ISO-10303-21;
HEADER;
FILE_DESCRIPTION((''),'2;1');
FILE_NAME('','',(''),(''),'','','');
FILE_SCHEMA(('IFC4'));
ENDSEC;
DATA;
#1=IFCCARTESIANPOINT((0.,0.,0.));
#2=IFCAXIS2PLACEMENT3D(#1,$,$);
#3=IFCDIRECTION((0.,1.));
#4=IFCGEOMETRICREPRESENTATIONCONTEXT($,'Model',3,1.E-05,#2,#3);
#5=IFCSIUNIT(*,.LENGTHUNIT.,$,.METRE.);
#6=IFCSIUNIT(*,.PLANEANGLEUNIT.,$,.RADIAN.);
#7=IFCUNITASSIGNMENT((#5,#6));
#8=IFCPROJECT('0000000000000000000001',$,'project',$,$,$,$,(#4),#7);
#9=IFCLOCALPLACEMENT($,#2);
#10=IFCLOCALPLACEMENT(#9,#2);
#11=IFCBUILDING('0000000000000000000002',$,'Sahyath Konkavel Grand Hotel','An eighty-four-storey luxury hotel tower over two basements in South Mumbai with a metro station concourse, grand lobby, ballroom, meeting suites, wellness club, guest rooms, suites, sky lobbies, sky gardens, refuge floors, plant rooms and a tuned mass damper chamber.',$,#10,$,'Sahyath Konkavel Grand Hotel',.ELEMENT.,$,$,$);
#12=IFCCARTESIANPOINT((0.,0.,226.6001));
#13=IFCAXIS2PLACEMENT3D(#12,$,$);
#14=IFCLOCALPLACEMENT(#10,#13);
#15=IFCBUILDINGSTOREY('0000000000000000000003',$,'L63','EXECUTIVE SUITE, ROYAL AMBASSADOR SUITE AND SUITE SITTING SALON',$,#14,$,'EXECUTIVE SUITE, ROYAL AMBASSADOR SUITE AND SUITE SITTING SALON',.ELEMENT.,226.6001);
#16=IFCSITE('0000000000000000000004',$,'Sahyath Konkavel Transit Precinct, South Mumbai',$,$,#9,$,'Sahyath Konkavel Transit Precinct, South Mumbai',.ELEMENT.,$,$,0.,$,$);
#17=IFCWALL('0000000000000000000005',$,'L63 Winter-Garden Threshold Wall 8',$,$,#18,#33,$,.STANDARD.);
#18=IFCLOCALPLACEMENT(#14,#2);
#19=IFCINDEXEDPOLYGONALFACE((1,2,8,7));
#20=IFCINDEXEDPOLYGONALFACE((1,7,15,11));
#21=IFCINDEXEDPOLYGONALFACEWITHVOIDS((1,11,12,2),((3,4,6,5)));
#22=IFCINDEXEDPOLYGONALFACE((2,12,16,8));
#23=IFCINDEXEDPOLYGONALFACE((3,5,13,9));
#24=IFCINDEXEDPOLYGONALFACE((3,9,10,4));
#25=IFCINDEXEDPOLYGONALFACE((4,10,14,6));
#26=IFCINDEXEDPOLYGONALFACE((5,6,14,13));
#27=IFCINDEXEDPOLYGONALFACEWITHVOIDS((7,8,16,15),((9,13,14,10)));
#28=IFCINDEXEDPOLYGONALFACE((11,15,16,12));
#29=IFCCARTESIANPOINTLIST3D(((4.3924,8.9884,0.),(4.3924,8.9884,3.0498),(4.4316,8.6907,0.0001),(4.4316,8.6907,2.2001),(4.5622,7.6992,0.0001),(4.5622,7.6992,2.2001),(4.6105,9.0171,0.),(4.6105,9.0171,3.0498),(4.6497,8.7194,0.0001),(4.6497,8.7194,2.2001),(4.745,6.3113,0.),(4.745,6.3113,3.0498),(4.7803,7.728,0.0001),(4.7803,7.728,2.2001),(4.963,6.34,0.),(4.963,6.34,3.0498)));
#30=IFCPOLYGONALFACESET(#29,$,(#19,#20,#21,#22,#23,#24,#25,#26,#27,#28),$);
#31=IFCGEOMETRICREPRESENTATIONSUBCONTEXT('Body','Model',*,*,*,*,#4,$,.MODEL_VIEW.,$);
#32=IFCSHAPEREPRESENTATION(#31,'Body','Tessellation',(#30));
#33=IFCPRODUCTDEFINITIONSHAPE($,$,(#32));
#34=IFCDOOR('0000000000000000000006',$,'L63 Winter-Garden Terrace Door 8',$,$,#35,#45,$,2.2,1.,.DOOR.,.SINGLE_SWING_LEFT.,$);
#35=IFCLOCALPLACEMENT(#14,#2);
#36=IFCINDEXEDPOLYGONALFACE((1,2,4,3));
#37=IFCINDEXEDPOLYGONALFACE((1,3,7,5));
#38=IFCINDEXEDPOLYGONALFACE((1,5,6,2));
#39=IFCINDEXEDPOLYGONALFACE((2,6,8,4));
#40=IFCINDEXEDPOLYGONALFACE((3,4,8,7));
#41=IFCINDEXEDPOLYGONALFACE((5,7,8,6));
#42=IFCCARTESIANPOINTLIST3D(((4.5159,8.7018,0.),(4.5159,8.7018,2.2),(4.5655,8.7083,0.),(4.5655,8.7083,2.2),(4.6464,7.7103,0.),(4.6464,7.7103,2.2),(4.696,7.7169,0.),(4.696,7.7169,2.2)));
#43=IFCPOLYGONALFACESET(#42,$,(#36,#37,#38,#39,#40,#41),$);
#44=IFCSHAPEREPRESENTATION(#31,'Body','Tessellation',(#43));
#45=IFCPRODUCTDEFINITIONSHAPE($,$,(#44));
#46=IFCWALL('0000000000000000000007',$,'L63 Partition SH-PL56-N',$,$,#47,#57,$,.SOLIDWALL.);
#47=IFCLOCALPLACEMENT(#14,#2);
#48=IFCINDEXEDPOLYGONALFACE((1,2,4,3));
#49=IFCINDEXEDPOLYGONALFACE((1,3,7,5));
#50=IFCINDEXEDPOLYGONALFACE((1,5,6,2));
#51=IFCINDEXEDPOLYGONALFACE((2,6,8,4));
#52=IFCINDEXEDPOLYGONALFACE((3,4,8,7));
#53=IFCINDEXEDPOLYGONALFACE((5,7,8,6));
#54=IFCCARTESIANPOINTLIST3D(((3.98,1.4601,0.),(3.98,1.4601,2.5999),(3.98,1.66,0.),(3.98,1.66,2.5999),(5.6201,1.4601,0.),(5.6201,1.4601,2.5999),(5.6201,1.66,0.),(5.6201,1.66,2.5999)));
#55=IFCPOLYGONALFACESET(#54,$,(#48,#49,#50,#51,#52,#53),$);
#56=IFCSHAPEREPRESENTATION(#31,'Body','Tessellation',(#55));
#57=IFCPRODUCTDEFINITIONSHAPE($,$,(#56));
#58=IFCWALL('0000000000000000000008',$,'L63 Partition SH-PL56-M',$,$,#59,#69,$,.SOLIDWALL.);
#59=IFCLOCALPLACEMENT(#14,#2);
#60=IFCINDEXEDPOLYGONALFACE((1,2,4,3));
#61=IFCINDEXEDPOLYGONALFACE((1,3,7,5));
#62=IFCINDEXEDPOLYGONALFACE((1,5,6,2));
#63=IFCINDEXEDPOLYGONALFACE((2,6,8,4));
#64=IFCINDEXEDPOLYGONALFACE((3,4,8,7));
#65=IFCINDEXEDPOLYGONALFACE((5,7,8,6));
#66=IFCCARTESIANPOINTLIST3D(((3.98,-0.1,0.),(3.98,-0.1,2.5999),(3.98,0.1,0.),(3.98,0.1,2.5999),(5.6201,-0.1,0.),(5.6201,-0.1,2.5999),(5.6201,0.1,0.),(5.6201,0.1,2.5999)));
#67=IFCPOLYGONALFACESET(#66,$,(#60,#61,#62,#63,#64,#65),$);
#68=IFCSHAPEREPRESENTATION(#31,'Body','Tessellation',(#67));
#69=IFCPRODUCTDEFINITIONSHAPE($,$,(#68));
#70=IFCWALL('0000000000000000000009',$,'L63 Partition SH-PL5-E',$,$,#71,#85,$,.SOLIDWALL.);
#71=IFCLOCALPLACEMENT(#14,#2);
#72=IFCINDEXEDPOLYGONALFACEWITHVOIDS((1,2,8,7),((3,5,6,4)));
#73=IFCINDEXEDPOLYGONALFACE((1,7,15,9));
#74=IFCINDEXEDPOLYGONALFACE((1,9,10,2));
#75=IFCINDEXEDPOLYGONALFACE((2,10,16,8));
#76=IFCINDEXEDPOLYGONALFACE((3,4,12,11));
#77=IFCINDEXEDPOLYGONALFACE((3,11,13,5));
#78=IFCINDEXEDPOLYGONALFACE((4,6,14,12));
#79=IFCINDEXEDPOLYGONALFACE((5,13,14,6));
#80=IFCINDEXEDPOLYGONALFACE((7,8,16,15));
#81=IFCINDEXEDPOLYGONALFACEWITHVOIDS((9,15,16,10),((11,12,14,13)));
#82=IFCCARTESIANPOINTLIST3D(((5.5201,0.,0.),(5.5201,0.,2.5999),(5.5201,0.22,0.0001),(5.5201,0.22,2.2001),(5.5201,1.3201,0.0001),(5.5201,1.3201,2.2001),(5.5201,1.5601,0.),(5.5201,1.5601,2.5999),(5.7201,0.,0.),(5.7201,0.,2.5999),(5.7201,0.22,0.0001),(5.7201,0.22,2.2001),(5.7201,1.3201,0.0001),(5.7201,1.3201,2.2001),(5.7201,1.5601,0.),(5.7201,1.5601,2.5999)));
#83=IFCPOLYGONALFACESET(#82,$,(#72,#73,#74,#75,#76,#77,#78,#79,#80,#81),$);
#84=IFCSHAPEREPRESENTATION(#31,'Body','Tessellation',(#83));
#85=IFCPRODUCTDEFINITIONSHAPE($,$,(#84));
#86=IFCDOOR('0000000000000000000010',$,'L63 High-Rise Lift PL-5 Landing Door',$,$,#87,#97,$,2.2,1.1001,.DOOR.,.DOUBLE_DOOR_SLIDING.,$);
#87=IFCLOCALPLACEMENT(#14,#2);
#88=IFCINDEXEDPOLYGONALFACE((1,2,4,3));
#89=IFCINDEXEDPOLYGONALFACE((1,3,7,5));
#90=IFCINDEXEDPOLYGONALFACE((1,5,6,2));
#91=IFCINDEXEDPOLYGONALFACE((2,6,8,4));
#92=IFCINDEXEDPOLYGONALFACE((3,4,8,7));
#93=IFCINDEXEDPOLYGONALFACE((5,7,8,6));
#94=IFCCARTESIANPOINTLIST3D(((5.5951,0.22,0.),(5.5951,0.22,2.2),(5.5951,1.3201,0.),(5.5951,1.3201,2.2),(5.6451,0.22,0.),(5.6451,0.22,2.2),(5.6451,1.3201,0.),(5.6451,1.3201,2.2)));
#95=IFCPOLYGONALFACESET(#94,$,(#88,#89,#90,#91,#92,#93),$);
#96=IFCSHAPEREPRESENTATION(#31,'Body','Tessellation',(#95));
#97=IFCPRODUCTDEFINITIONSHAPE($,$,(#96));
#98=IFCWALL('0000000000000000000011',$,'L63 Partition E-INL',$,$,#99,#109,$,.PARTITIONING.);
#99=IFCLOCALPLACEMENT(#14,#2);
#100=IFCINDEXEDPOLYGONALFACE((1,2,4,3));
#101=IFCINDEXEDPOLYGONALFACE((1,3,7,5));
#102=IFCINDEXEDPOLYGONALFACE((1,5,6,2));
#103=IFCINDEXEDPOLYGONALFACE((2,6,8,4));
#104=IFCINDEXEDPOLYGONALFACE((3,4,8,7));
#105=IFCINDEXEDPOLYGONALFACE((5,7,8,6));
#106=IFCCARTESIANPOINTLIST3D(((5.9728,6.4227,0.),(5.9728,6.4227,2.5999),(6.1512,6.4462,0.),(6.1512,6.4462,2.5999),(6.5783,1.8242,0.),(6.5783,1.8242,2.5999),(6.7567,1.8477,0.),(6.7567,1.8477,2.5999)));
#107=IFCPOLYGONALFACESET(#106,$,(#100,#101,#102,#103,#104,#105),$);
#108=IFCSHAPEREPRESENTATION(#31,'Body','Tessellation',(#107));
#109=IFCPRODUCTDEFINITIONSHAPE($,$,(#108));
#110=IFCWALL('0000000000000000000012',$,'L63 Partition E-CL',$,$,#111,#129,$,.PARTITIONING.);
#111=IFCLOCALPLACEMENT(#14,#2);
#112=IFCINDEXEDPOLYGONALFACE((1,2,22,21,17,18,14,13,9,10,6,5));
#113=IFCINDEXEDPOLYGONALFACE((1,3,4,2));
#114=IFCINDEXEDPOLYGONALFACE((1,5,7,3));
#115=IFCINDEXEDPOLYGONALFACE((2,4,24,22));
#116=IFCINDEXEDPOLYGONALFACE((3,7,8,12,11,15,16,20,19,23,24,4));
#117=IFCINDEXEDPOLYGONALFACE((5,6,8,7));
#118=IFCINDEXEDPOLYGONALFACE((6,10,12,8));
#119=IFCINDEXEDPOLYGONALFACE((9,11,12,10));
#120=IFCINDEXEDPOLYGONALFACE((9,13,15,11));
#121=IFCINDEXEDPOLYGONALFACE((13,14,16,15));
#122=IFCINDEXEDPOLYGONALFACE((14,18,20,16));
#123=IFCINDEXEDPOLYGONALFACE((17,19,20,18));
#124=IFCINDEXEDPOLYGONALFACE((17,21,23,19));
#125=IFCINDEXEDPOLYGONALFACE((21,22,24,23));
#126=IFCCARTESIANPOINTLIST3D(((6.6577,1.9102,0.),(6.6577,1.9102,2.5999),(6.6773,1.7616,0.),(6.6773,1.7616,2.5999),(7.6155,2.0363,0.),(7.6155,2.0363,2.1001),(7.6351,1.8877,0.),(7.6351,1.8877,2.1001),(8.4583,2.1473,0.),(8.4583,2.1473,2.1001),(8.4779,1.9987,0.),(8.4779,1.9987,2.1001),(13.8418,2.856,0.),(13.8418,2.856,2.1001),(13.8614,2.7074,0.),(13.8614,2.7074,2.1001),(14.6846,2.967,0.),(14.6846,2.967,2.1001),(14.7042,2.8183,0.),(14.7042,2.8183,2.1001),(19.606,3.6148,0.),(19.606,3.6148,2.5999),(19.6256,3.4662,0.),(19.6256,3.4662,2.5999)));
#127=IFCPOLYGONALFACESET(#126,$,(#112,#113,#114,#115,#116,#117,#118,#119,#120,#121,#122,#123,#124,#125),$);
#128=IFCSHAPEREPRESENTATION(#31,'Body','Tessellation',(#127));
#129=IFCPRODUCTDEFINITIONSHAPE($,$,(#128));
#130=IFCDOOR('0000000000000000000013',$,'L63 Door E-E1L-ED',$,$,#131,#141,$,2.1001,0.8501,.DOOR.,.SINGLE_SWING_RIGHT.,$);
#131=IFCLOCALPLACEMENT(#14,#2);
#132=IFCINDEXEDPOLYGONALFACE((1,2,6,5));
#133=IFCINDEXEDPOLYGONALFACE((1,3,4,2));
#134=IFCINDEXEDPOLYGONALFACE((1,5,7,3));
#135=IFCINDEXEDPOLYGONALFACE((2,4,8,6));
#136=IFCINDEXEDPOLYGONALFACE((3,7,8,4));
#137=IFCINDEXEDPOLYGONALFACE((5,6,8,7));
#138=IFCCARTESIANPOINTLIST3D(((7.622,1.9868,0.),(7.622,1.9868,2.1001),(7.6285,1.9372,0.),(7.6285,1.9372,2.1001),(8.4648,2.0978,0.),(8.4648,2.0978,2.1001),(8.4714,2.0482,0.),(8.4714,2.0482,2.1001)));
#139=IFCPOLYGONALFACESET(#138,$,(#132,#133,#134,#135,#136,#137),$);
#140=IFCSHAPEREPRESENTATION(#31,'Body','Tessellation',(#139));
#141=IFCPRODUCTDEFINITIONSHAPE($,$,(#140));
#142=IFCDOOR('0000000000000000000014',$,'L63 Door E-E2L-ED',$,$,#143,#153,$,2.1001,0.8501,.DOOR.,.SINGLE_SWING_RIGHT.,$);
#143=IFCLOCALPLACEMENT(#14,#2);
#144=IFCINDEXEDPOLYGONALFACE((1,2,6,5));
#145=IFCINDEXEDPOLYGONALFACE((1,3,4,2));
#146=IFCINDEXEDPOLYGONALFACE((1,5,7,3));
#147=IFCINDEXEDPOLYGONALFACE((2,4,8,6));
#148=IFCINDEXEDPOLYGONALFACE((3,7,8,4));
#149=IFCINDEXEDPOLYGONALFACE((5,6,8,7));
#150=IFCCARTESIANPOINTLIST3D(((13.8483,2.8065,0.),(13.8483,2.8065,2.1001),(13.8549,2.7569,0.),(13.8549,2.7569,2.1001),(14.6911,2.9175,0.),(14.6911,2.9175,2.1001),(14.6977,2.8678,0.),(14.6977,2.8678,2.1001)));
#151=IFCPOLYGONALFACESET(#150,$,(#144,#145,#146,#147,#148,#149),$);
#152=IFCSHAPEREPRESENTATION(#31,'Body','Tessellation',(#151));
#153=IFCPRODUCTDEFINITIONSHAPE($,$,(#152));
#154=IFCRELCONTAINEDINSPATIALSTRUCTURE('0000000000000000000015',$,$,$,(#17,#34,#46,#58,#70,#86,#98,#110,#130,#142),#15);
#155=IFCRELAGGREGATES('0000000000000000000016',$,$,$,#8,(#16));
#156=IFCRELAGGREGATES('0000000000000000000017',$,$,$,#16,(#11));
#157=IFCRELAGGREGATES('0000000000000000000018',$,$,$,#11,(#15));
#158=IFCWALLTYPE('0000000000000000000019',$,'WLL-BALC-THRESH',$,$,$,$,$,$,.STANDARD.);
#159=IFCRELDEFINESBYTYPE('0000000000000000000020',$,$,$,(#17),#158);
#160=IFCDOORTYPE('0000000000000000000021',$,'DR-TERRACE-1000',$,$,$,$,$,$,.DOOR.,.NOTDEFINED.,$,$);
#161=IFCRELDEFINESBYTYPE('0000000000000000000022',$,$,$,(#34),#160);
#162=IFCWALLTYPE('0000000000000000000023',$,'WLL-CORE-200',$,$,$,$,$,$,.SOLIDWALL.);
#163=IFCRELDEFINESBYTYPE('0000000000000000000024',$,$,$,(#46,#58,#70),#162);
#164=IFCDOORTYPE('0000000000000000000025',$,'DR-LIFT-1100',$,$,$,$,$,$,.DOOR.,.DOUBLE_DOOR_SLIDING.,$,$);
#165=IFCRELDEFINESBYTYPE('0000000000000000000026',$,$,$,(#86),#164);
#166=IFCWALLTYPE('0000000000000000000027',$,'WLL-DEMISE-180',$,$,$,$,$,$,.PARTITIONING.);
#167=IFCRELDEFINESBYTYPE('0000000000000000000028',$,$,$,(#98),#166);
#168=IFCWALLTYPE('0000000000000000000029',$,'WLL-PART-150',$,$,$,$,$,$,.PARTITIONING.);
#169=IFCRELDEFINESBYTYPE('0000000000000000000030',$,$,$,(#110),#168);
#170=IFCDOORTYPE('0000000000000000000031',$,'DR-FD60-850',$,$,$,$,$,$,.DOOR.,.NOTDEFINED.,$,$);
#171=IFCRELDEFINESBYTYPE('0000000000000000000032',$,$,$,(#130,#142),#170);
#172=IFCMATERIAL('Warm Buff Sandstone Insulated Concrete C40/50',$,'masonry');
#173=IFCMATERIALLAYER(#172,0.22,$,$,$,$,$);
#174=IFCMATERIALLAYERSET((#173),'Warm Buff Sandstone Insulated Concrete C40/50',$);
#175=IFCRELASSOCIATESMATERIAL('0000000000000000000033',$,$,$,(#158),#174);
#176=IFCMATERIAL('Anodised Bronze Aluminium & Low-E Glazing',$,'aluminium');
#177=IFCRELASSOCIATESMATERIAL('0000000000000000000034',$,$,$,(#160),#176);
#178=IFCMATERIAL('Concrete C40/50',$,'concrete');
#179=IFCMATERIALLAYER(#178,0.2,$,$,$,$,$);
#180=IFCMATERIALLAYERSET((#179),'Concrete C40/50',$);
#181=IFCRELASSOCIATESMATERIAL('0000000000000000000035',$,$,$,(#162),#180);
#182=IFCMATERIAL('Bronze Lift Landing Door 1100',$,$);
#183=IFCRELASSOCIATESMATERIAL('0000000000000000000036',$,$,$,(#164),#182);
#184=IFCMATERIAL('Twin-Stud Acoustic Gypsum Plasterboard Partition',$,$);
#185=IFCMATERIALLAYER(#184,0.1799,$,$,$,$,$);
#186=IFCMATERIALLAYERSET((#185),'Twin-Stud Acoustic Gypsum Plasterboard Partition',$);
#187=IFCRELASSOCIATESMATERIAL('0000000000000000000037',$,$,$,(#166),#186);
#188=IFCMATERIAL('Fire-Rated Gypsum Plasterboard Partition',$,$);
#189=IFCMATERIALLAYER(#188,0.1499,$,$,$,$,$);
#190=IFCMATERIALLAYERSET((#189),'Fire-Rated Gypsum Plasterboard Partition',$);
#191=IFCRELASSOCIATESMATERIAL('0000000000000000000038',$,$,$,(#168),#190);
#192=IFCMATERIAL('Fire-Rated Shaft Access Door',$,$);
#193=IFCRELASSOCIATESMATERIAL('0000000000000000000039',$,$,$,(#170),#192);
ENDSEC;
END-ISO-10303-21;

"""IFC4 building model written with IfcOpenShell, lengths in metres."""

from ifc_helpers import new_model, si_unit, direction, frame, frame_2d, origin, origin_2d, place, context, subcontext, project, spatial, rectangle, extrude, source, transform, mapped, material, layer, layer_set, type_object, element, fill, save


model = new_model("IFC4")

# Units and contexts
model_context = context("Model", 3, precision=1e-05, world=origin(), true_north=direction((0.0, 1.0)))
body_context = subcontext(model_context, "Body", "Model", "MODEL_VIEW")
ifc_project = project(units=[si_unit("LENGTHUNIT", "METRE"), si_unit("PLANEANGLEUNIT", "RADIAN")], contexts=[model_context])

# Site, building, storey
site_placement = place(None, origin())
site = spatial("IfcSite", under=ifc_project, at=site_placement, Name="Sahyath Konkavel Transit Precinct, South Mumbai", LongName="Sahyath Konkavel Transit Precinct, South Mumbai", CompositionType="ELEMENT", RefElevation=0.0)
building_placement = place(site_placement, origin())
building = spatial("IfcBuilding", under=site, at=building_placement, Name="Sahyath Konkavel Grand Hotel", Description="An eighty-four-storey luxury hotel tower over two basements in South Mumbai with a metro station concourse, grand lobby, ballroom, meeting suites, wellness club, guest rooms, suites, sky lobbies, sky gardens, refuge floors, plant rooms and a tuned mass damper chamber.", LongName="Sahyath Konkavel Grand Hotel", CompositionType="ELEMENT")
storey_placement = place(building_placement, frame((0.0, 0.0, 226.6001)))
storey = spatial("IfcBuildingStorey", under=building, at=storey_placement, Name="L63", Description="EXECUTIVE SUITE, ROYAL AMBASSADOR SUITE AND SUITE SITTING SALON", LongName="EXECUTIVE SUITE, ROYAL AMBASSADOR SUITE AND SUITE SITTING SALON", CompositionType="ELEMENT", Elevation=226.6001)

# Shared definitions
ifc_material_1 = material(Name="Concrete C40/50", Category="concrete")

# Shared definitions
ifc_material_2 = material(Name="Anodised Bronze Aluminium & Low-E Glazing", Category="aluminium")

# Wall, opening, door
ifc_material_3 = material(Name="Warm Buff Sandstone Insulated Concrete C40/50", Category="masonry")
ifc_layer_1 = layer(ifc_material_3, 0.22)
ifc_layer_set_1 = layer_set([ifc_layer_1], Name="Warm Buff Sandstone Insulated Concrete C40/50")
wall_type_1 = type_object("IfcWallType", Name="WLL-BALC-THRESH", PredefinedType="STANDARD", material=ifc_layer_set_1)
wall_1_placement = place(storey_placement, frame((4.854, 6.3257, 0.0), z_axis=(0.0, 0.0, 1.0), x_axis=(-0.130564, 0.99144, 0.0)))
wall_1 = element("IfcWall", 1, at=wall_1_placement, inside=storey, type_object=wall_type_1, Name="L63 Winter-Garden Threshold Wall 8", PredefinedType="STANDARD", context=body_context, shape_type="SweptSolid", body=[
    extrude(rectangle(XDim=2.7002, YDim=0.22, at=frame_2d((1.3501, 0.0))), origin(), (0.0, 0.0, 1.0), 3.0498),
])
opening_1_placement = place(wall_1_placement, frame((1.3999, 0.0, 0.0)))
opening_1 = element("IfcOpeningElement", 2, at=opening_1_placement, cuts=wall_1, PredefinedType="OPENING", context=body_context, shape_type="SweptSolid", body=[
    extrude(rectangle(XDim=1.0, YDim=2.2, at=frame_2d((0.5, 1.1001))), frame((0.0, 0.1201, 0.0), z_axis=(0.0, -1.0, 0.0), x_axis=(1.0, 0.0, 0.0)), (0.0, 0.0, 1.0), 0.24),
])
door_type_1 = type_object("IfcDoorType", Name="DR-TERRACE-1000", OperationType="NOTDEFINED", PredefinedType="DOOR", material=ifc_material_2)
shared_shape_1 = source(origin(), body_context, "Body", "SweptSolid", [
    extrude(rectangle(XDim=1.0, YDim=0.05, at=origin_2d()), origin(), (0.0, 0.0, 1.0), 2.2),
])
door_1_placement = place(opening_1_placement, frame((0.5, 0.0, 0.0)))
door_1 = element("IfcDoor", 3, at=door_1_placement, inside=storey, type_object=door_type_1, Name="L63 Winter-Garden Terrace Door 8", OperationType="SINGLE_SWING_LEFT", OverallHeight=2.2, OverallWidth=1.0, PredefinedType="DOOR", context=body_context, shape_type="MappedRepresentation", body=[
    mapped(shared_shape_1, transform((0.0, 0.0, 0.0), scale=1.0)),
])
fill(opening_1, door_1)

# Walls
ifc_layer_2 = layer(ifc_material_1, 0.2)
ifc_layer_set_2 = layer_set([ifc_layer_2], Name="Concrete C40/50")
wall_type_2 = type_object("IfcWallType", Name="WLL-CORE-200", PredefinedType="SOLIDWALL", material=ifc_layer_set_2)
for number, where, z_axis, x_axis, name in (
    (4, (3.98, 1.5601, 0.0), (0.0, 0.0, 1.0), (1.0, 0.0, 0.0), "L63 Partition SH-PL56-N"),
    (5, (3.98, 0.0, 0.0), (0.0, 0.0, 1.0), (1.0, 0.0, 0.0), "L63 Partition SH-PL56-M"),
):
    element("IfcWall", number, at=place(storey_placement, frame(where, z_axis=z_axis, x_axis=x_axis)), inside=storey, type_object=wall_type_2, Name=name, PredefinedType="SOLIDWALL", context=body_context, shape_type="SweptSolid", body=[
        extrude(rectangle(XDim=1.6401, YDim=0.2, at=frame_2d((0.8201, 0.0))), origin(), (0.0, 0.0, 1.0), 2.5999),
    ])

# Wall, opening, door
wall_2_placement = place(storey_placement, frame((5.6201, 0.0, 0.0), z_axis=(0.0, 0.0, 1.0), x_axis=(0.0, 1.0, 0.0)))
wall_2 = element("IfcWall", 6, at=wall_2_placement, inside=storey, type_object=wall_type_2, Name="L63 Partition SH-PL5-E", PredefinedType="SOLIDWALL", context=body_context, shape_type="SweptSolid", body=[
    extrude(rectangle(XDim=1.5601, YDim=0.2, at=frame_2d((0.78, 0.0))), origin(), (0.0, 0.0, 1.0), 2.5999),
])
opening_2_placement = place(wall_2_placement, frame((0.22, 0.0, 0.0)))
opening_2 = element("IfcOpeningElement", 7, at=opening_2_placement, cuts=wall_2, PredefinedType="OPENING", context=body_context, shape_type="SweptSolid", body=[
    extrude(rectangle(XDim=1.1001, YDim=2.2, at=frame_2d((0.55, 1.1001))), frame((0.0, 0.1099, 0.0), z_axis=(0.0, -1.0, 0.0), x_axis=(1.0, 0.0, 0.0)), (0.0, 0.0, 1.0), 0.22),
])
ifc_material_4 = material(Name="Bronze Lift Landing Door 1100")
door_type_2 = type_object("IfcDoorType", Name="DR-LIFT-1100", OperationType="DOUBLE_DOOR_SLIDING", PredefinedType="DOOR", material=ifc_material_4)
shared_shape_2 = source(origin(), body_context, "Body", "SweptSolid", [
    extrude(rectangle(XDim=1.1001, YDim=0.05, at=origin_2d()), origin(), (0.0, 0.0, 1.0), 2.2),
])
door_2_placement = place(opening_2_placement, frame((0.55, 0.0, 0.0)))
door_2 = element("IfcDoor", 8, at=door_2_placement, inside=storey, type_object=door_type_2, Name="L63 High-Rise Lift PL-5 Landing Door", OperationType="DOUBLE_DOOR_SLIDING", OverallHeight=2.2, OverallWidth=1.1001, PredefinedType="DOOR", context=body_context, shape_type="MappedRepresentation", body=[
    mapped(shared_shape_2, transform((0.0, 0.0, 0.0), scale=1.0)),
])
fill(opening_2, door_2)

# Wall
ifc_material_5 = material(Name="Twin-Stud Acoustic Gypsum Plasterboard Partition")
ifc_layer_3 = layer(ifc_material_5, 0.1799)
ifc_layer_set_3 = layer_set([ifc_layer_3], Name="Twin-Stud Acoustic Gypsum Plasterboard Partition")
wall_type_3 = type_object("IfcWallType", Name="WLL-DEMISE-180", PredefinedType="PARTITIONING", material=ifc_layer_set_3)
wall_3_placement = place(storey_placement, frame((6.6675, 1.8359, 0.0), z_axis=(0.0, 0.0, 1.0), x_axis=(-0.130543, 0.991443, 0.0)))
element("IfcWall", 9, at=wall_3_placement, inside=storey, type_object=wall_type_3, Name="L63 Partition E-INL", PredefinedType="PARTITIONING", context=body_context, shape_type="SweptSolid", body=[
    extrude(rectangle(XDim=4.6382, YDim=0.1799, at=frame_2d((2.3191, 0.0))), origin(), (0.0, 0.0, 1.0), 2.5999),
])

# Wall, openings, doors
ifc_material_6 = material(Name="Fire-Rated Gypsum Plasterboard Partition")
ifc_layer_4 = layer(ifc_material_6, 0.1499)
ifc_layer_set_4 = layer_set([ifc_layer_4], Name="Fire-Rated Gypsum Plasterboard Partition")
wall_type_4 = type_object("IfcWallType", Name="WLL-PART-150", PredefinedType="PARTITIONING", material=ifc_layer_set_4)
wall_4_placement = place(storey_placement, frame((6.6675, 1.8359, 0.0), z_axis=(0.0, 0.0, 1.0), x_axis=(0.991446, 0.13052, 0.0)))
wall_4 = element("IfcWall", 10, at=wall_4_placement, inside=storey, type_object=wall_type_4, Name="L63 Partition E-CL", PredefinedType="PARTITIONING", context=body_context, shape_type="SweptSolid", body=[
    extrude(rectangle(XDim=13.0601, YDim=0.1499, at=frame_2d((6.53, 0.0))), origin(), (0.0, 0.0, 1.0), 2.5999),
])
opening_3_placement = place(wall_4_placement, frame((0.9661, 0.0, 0.0)))
opening_3 = element("IfcOpeningElement", 11, at=opening_3_placement, cuts=wall_4, PredefinedType="OPENING", context=body_context, shape_type="SweptSolid", body=[
    extrude(rectangle(XDim=0.8501, YDim=2.1001, at=frame_2d((0.425, 1.05))), frame((0.0, 0.085, 0.0), z_axis=(0.0, -1.0, 0.0), x_axis=(1.0, 0.0, 0.0)), (0.0, 0.0, 1.0), 0.1699),
])
opening_4_placement = place(wall_4_placement, frame((7.2461, 0.0, 0.0)))
opening_4 = element("IfcOpeningElement", 12, at=opening_4_placement, cuts=wall_4, PredefinedType="OPENING", context=body_context, shape_type="SweptSolid", body=[
    extrude(rectangle(XDim=0.8501, YDim=2.1001, at=frame_2d((0.425, 1.05))), frame((0.0, 0.085, 0.0), z_axis=(0.0, -1.0, 0.0), x_axis=(1.0, 0.0, 0.0)), (0.0, 0.0, 1.0), 0.1699),
])
ifc_material_7 = material(Name="Fire-Rated Shaft Access Door")
door_type_3 = type_object("IfcDoorType", Name="DR-FD60-850", OperationType="NOTDEFINED", PredefinedType="DOOR", material=ifc_material_7)
shared_shape_3 = source(origin(), body_context, "Body", "SweptSolid", [
    extrude(rectangle(XDim=0.8501, YDim=0.05, at=origin_2d()), origin(), (0.0, 0.0, 1.0), 2.1001),
])
door_3_placement = place(opening_3_placement, frame((0.425, 0.0, 0.0)))
door_3 = element("IfcDoor", 13, at=door_3_placement, inside=storey, type_object=door_type_3, Name="L63 Door E-E1L-ED", OperationType="SINGLE_SWING_RIGHT", OverallHeight=2.1001, OverallWidth=0.8501, PredefinedType="DOOR", context=body_context, shape_type="MappedRepresentation", body=[
    mapped(shared_shape_3, transform((0.0, 0.0, 0.0), scale=1.0)),
])
fill(opening_3, door_3)
door_4_placement = place(opening_4_placement, frame((0.425, 0.0, 0.0)))
door_4 = element("IfcDoor", 14, at=door_4_placement, inside=storey, type_object=door_type_3, Name="L63 Door E-E2L-ED", OperationType="SINGLE_SWING_RIGHT", OverallHeight=2.1001, OverallWidth=0.8501, PredefinedType="DOOR", context=body_context, shape_type="MappedRepresentation", body=[
    mapped(shared_shape_3, transform((0.0, 0.0, 0.0), scale=1.0)),
])
fill(opening_4, door_4)

save(model, "model.ifc")
